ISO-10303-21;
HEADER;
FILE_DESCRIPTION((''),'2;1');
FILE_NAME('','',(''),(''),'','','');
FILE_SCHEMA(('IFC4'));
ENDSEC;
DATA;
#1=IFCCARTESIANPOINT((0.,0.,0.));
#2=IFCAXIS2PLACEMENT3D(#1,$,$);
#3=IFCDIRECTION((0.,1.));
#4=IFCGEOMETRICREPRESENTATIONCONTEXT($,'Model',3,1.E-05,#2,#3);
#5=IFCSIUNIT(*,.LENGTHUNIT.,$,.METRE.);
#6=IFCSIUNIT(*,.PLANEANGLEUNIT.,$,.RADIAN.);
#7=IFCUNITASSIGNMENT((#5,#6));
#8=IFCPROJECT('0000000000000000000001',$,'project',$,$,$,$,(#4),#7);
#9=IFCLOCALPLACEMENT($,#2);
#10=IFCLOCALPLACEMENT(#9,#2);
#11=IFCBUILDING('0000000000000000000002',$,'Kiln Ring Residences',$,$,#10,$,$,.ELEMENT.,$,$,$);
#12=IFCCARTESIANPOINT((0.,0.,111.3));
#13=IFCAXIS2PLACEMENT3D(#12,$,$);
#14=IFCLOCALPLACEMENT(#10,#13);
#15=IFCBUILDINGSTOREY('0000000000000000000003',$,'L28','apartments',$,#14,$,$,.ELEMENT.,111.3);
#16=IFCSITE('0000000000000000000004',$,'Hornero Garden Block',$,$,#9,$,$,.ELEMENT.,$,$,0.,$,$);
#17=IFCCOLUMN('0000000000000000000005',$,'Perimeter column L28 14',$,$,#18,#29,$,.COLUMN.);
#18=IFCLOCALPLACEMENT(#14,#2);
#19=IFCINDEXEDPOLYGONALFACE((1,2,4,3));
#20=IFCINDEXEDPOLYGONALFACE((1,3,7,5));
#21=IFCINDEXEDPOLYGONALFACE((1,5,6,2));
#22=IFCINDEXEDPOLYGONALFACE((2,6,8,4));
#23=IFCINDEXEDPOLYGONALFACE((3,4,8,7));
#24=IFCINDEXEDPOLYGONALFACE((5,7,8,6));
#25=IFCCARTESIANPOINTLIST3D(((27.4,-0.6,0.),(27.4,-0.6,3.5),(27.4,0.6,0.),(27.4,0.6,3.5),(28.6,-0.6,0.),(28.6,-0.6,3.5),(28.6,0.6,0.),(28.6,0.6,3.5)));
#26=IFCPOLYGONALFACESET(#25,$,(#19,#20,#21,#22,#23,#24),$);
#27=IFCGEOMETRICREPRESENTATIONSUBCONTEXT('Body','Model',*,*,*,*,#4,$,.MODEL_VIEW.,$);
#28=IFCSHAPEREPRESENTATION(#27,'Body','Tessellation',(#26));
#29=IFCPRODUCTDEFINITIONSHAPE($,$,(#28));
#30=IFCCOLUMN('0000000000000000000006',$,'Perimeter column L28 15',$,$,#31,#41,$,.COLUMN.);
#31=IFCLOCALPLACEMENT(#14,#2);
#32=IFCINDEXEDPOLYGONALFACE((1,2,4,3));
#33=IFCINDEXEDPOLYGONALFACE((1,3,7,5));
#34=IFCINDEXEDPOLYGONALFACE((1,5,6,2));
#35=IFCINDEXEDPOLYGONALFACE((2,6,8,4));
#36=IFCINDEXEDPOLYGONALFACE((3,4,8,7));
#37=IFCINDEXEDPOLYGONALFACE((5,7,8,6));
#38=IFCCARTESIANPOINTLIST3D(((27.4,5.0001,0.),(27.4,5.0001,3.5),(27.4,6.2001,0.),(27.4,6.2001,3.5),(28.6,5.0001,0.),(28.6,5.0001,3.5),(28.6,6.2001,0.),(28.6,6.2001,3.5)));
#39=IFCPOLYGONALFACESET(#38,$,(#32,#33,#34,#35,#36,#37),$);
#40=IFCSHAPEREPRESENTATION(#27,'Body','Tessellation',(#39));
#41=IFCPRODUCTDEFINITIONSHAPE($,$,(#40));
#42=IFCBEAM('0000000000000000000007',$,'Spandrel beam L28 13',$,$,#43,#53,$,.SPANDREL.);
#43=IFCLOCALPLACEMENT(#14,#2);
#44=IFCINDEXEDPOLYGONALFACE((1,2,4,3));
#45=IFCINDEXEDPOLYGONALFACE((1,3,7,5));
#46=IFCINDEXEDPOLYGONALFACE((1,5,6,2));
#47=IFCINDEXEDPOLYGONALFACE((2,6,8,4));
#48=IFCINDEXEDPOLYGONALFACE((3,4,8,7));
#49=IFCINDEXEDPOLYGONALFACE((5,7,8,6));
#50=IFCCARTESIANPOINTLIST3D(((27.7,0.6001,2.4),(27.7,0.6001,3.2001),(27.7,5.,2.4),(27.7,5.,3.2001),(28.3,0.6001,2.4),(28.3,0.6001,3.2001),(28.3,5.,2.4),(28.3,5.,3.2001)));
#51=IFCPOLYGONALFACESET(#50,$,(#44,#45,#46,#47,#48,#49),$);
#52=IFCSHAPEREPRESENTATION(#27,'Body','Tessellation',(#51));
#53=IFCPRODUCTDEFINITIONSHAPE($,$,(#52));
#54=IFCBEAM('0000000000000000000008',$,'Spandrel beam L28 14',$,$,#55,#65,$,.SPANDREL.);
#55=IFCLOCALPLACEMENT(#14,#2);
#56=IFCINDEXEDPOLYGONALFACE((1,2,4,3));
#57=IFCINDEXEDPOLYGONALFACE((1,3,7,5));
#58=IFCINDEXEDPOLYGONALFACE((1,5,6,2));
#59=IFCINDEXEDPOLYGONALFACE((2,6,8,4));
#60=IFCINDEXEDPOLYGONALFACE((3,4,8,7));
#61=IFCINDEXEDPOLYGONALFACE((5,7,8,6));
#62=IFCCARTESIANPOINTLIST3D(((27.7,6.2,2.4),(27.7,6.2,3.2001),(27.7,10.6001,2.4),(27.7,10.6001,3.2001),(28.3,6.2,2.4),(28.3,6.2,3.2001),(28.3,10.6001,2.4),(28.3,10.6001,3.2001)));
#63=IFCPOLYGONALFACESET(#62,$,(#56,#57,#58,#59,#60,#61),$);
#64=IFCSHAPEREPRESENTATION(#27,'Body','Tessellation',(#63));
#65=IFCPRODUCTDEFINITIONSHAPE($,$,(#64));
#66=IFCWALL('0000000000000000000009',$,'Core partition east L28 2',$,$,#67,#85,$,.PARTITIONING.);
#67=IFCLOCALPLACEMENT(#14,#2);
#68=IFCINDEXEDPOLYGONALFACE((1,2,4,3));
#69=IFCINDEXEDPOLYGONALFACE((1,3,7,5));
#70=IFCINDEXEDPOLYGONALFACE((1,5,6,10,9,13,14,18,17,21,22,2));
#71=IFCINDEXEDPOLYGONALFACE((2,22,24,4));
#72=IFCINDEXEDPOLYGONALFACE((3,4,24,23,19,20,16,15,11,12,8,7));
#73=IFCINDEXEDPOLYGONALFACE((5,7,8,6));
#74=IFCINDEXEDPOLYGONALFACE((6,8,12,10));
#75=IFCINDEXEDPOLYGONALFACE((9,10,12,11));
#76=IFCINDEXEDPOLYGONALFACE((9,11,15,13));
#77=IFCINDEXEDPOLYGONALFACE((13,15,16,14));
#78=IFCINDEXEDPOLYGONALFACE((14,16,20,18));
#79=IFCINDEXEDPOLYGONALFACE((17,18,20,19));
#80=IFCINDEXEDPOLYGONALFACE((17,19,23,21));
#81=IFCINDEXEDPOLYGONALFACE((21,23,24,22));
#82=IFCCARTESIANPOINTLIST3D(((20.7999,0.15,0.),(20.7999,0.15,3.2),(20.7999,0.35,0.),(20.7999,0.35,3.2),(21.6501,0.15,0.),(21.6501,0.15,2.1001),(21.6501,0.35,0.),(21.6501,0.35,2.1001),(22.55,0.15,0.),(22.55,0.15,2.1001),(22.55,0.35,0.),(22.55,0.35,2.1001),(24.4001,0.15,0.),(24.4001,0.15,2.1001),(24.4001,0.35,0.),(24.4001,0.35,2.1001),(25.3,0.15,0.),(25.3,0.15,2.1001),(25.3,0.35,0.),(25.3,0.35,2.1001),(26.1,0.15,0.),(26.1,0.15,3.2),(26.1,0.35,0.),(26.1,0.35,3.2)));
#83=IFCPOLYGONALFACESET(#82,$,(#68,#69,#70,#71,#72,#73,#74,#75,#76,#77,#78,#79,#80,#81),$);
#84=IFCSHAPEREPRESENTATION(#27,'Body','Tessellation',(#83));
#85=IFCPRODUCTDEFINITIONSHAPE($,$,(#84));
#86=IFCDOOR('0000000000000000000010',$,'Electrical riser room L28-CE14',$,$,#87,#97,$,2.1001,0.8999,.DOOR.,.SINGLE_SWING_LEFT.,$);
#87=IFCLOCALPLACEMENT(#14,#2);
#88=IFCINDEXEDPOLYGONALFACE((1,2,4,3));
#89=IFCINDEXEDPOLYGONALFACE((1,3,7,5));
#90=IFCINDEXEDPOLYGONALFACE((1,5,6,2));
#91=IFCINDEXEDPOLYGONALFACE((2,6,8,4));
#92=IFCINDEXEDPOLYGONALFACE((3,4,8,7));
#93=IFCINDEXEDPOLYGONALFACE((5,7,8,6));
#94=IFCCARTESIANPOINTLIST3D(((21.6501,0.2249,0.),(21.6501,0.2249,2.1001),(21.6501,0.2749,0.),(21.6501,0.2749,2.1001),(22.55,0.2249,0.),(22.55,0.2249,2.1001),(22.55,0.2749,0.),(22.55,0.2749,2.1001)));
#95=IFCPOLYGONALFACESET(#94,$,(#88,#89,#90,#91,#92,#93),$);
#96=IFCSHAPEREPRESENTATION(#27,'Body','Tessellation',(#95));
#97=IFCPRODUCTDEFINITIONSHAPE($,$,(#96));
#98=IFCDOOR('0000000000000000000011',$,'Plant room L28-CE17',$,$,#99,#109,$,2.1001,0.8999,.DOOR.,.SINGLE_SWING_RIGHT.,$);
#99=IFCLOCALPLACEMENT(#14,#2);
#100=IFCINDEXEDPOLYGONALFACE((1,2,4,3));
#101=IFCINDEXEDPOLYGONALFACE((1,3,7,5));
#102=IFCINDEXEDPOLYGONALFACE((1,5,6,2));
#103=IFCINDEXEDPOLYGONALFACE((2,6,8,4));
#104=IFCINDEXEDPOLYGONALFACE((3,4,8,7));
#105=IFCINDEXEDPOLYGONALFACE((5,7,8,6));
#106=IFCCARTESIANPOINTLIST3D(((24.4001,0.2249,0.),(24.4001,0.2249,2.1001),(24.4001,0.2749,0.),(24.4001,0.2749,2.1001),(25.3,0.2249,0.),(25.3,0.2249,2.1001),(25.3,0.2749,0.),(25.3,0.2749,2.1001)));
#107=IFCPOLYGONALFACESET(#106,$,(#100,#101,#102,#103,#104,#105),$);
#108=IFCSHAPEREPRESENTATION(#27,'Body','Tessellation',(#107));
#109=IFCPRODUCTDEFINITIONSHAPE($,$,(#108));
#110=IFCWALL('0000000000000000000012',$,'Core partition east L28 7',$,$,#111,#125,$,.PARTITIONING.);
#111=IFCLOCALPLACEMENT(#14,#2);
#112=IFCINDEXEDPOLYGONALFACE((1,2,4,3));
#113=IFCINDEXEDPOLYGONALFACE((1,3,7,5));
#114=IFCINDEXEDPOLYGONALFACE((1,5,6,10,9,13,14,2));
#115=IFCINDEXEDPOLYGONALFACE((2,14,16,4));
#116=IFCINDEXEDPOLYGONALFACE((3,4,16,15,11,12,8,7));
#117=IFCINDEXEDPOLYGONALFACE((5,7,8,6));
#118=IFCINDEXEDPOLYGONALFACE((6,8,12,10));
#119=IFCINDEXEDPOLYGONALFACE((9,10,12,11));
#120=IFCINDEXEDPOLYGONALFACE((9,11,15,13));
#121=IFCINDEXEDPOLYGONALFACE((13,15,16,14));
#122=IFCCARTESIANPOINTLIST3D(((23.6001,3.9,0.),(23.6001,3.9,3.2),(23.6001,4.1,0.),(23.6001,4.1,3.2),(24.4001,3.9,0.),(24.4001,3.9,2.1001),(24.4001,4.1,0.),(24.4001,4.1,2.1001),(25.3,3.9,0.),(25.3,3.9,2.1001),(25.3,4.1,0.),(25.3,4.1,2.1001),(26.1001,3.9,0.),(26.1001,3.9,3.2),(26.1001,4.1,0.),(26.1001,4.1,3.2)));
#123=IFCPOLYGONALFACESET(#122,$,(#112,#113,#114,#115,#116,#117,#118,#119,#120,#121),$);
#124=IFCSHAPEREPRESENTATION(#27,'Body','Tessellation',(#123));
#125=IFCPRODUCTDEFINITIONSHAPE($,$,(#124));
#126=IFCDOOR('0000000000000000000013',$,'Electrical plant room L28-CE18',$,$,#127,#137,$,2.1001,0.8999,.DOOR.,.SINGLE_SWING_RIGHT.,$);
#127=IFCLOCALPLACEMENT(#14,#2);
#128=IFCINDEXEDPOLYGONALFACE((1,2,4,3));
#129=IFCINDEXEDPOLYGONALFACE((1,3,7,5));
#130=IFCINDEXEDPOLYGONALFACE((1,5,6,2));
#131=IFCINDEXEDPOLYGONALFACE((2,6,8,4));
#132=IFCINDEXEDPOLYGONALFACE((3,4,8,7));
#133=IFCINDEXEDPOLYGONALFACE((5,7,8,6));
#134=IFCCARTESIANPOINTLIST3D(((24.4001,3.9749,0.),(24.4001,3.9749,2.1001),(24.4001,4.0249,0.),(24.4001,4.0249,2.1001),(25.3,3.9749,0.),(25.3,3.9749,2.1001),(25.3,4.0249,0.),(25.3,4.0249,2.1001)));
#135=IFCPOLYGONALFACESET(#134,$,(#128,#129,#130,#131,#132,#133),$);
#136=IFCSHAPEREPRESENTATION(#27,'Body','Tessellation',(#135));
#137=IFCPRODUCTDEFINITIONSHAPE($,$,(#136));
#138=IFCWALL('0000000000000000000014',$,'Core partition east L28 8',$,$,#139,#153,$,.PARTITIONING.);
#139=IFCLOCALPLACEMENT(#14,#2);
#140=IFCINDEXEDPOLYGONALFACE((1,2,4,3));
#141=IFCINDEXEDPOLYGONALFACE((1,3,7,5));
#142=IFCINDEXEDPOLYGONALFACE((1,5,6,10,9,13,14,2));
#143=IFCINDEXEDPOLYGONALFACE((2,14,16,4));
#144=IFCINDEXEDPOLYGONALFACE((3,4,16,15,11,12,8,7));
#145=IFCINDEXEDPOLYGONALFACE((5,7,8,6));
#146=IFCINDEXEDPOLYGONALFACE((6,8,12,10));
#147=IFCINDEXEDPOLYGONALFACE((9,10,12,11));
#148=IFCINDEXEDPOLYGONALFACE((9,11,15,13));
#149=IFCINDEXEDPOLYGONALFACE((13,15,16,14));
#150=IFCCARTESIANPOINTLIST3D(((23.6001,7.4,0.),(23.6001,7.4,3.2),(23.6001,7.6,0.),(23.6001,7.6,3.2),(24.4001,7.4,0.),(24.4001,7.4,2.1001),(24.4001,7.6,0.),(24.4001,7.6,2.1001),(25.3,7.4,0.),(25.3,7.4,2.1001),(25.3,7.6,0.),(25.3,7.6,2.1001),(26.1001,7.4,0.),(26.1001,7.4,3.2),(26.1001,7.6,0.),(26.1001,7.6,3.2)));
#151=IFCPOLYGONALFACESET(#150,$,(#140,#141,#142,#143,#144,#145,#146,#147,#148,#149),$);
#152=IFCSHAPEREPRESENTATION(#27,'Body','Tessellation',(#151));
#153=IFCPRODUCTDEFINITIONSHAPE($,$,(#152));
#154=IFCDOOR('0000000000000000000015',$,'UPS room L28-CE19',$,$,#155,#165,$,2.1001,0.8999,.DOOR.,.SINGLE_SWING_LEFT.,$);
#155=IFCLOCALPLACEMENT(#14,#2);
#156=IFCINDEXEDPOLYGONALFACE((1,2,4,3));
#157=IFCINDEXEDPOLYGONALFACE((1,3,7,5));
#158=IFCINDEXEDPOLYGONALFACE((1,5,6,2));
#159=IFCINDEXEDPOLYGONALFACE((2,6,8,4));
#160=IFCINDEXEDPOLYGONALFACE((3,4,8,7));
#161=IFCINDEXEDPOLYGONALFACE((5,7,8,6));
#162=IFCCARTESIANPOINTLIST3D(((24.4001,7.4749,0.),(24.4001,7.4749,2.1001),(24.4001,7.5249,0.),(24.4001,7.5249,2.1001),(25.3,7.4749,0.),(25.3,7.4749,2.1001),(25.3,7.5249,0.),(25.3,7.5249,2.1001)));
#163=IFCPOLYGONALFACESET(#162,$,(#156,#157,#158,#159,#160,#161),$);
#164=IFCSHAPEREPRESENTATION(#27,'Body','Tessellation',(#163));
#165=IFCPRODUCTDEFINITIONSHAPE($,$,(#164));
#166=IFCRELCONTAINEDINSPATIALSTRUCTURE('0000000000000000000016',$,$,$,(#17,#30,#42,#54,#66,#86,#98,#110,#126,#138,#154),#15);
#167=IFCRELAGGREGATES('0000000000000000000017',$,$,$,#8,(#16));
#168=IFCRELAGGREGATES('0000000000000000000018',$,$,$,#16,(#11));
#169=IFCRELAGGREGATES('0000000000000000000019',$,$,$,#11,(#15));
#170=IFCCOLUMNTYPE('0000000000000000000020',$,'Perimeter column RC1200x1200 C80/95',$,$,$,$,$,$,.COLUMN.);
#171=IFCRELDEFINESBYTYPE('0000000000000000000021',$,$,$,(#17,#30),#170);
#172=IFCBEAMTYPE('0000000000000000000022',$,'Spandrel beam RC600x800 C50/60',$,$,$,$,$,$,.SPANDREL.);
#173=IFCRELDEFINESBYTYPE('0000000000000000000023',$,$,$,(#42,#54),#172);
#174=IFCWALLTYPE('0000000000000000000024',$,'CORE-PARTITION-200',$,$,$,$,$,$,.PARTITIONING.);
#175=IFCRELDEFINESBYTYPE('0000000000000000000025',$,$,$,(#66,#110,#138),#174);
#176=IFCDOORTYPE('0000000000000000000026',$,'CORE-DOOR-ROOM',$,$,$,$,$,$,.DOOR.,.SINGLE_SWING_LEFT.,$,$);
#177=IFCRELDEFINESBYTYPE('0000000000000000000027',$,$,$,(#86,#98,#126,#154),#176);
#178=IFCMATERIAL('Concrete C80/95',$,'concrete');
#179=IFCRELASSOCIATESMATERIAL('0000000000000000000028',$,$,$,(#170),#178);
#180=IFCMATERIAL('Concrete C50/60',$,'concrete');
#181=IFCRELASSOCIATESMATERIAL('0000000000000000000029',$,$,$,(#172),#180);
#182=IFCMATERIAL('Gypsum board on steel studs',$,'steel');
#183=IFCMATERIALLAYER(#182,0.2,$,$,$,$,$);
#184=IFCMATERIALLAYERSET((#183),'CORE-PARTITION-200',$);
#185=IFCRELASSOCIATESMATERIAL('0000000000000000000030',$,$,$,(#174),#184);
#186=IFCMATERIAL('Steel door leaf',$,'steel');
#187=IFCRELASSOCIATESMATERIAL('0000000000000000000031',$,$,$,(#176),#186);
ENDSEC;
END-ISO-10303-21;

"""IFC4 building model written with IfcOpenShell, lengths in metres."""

from ifc_helpers import new_model, si_unit, direction, frame, frame_2d, origin, origin_2d, place, context, subcontext, project, spatial, rectangle, extrude, material, layer, layer_set, material_profile, profile_set, type_object, element, fill, save


model = new_model("IFC4")

# Units and contexts
model_context = context("Model", 3, precision=1e-05, world=origin(), true_north=direction((0.0, 1.0)))
body_context = subcontext(model_context, "Body", "Model", "MODEL_VIEW")
ifc_project = project(units=[si_unit("LENGTHUNIT", "METRE"), si_unit("PLANEANGLEUNIT", "RADIAN")], contexts=[model_context])

# Site, building, storey
site_placement = place(None, origin())
site = spatial("IfcSite", under=ifc_project, at=site_placement, Name="Hornero Garden Block", CompositionType="ELEMENT", RefElevation=0.0)
building_placement = place(site_placement, origin())
building = spatial("IfcBuilding", under=site, at=building_placement, Name="Kiln Ring Residences", CompositionType="ELEMENT")
storey_placement = place(building_placement, frame((0.0, 0.0, 111.3)))
storey = spatial("IfcBuildingStorey", under=building, at=storey_placement, Name="L28", Description="apartments", CompositionType="ELEMENT", Elevation=111.3)

# Columns
ifc_material_1 = material(Name="Concrete C80/95", Category="concrete")
ifc_material_profile_1 = material_profile(ifc_material_1, rectangle(XDim=1.2, YDim=1.2, at=origin_2d()), Name="RC1200x1200")
ifc_profile_set_1 = profile_set([ifc_material_profile_1], Name="Concrete C80/95")
column_type = type_object("IfcColumnType", Name="Perimeter column RC1200x1200 C80/95", PredefinedType="COLUMN", material=ifc_profile_set_1)
for number, where, z_axis, x_axis, name in (
    (1, (28.0, 0.0, 0.0), (0.0, 0.0, 1.0), (1.0, 0.0, 0.0), "Perimeter column L28 14"),
    (2, (28.0, 5.6001, 0.0), (0.0, 0.0, 1.0), (1.0, 0.0, 0.0), "Perimeter column L28 15"),
):
    element("IfcColumn", number, at=place(storey_placement, frame(where, z_axis=z_axis, x_axis=x_axis)), inside=storey, type_object=column_type, Name=name, PredefinedType="COLUMN", context=body_context, shape_type="SweptSolid", body=[
        extrude(rectangle(XDim=1.2, YDim=1.2, at=origin_2d()), origin(), (0.0, 0.0, 1.0), 3.5),
    ])

# Beams
ifc_material_2 = material(Name="Concrete C50/60", Category="concrete")
ifc_material_profile_2 = material_profile(ifc_material_2, rectangle(XDim=0.6001, YDim=0.8, at=origin_2d()), Name="RC600x800")
ifc_profile_set_2 = profile_set([ifc_material_profile_2], Name="Concrete C50/60")
beam_type = type_object("IfcBeamType", Name="Spandrel beam RC600x800 C50/60", PredefinedType="SPANDREL", material=ifc_profile_set_2)
beam_1_placement = place(storey_placement, frame((28.0, 0.6001, 2.8), z_axis=(0.0, 1.0, 0.0), x_axis=(-1.0, 0.0, 0.0)))
element("IfcBeam", 3, at=beam_1_placement, inside=storey, type_object=beam_type, Name="Spandrel beam L28 13", PredefinedType="SPANDREL", context=body_context, shape_type="SweptSolid", body=[
    extrude(rectangle(XDim=0.6001, YDim=0.8, at=origin_2d()), origin(), (0.0, 0.0, 1.0), 4.3999),
])
beam_2_placement = place(storey_placement, frame((28.0, 6.2, 2.8), z_axis=(0.0, 1.0, 0.0), x_axis=(-1.0, 0.0, 0.0)))
element("IfcBeam", 4, at=beam_2_placement, inside=storey, type_object=beam_type, Name="Spandrel beam L28 14", PredefinedType="SPANDREL", context=body_context, shape_type="SweptSolid", body=[
    extrude(rectangle(XDim=0.6001, YDim=0.8, at=origin_2d()), origin(), (0.0, 0.0, 1.0), 4.4001),
])

# Wall, openings, doors
ifc_material_3 = material(Name="Gypsum board on steel studs", Category="steel")
ifc_layer_1 = layer(ifc_material_3, 0.2)
ifc_layer_set_1 = layer_set([ifc_layer_1], Name="CORE-PARTITION-200")
wall_type_1 = type_object("IfcWallType", Name="CORE-PARTITION-200", PredefinedType="PARTITIONING", material=ifc_layer_set_1)
wall_1_placement = place(storey_placement, frame((20.8, 0.25, 0.0), z_axis=(0.0, 0.0, 1.0), x_axis=(1.0, 0.0, 0.0)))
wall_1 = element("IfcWall", 5, at=wall_1_placement, inside=storey, type_object=wall_type_1, Name="Core partition east L28 2", PredefinedType="PARTITIONING", context=body_context, shape_type="SweptSolid", body=[
    extrude(rectangle(XDim=5.3, YDim=0.2, at=frame_2d((2.6499, 0.0))), origin(), (0.0, 0.0, 1.0), 3.2),
])
opening_1_placement = place(wall_1_placement, frame((0.8501, 0.0, 0.0)))
opening_1 = element("IfcOpeningElement", 6, at=opening_1_placement, cuts=wall_1, PredefinedType="OPENING", context=body_context, shape_type="SweptSolid", body=[
    extrude(rectangle(XDim=0.8999, YDim=2.1001, at=frame_2d((0.45, 1.05))), frame((0.0, 0.1099, 0.0), z_axis=(0.0, -1.0, 0.0), x_axis=(1.0, 0.0, 0.0)), (0.0, 0.0, 1.0), 0.22),
])
opening_2_placement = place(wall_1_placement, frame((3.6001, 0.0, 0.0)))
opening_2 = element("IfcOpeningElement", 7, at=opening_2_placement, cuts=wall_1, PredefinedType="OPENING", context=body_context, shape_type="SweptSolid", body=[
    extrude(rectangle(XDim=0.8999, YDim=2.1001, at=frame_2d((0.45, 1.05))), frame((0.0, 0.1099, 0.0), z_axis=(0.0, -1.0, 0.0), x_axis=(1.0, 0.0, 0.0)), (0.0, 0.0, 1.0), 0.22),
])
ifc_material_4 = material(Name="Steel door leaf", Category="steel")
door_type = type_object("IfcDoorType", Name="CORE-DOOR-ROOM", OperationType="SINGLE_SWING_LEFT", PredefinedType="DOOR", material=ifc_material_4)
door_1_placement = place(opening_1_placement, origin())
door_1 = element("IfcDoor", 8, at=door_1_placement, inside=storey, type_object=door_type, Name="Electrical riser room L28-CE14", OperationType="SINGLE_SWING_LEFT", OverallHeight=2.1001, OverallWidth=0.8999, PredefinedType="DOOR", context=body_context, shape_type="SweptSolid", body=[
    extrude(rectangle(XDim=0.8999, YDim=2.1001, at=frame_2d((0.45, 1.05))), frame((0.0, 0.0249, 0.0), z_axis=(0.0, -1.0, 0.0), x_axis=(1.0, 0.0, 0.0)), (0.0, 0.0, 1.0), 0.05),
])
fill(opening_1, door_1)
door_2_placement = place(opening_2_placement, origin())
door_2 = element("IfcDoor", 9, at=door_2_placement, inside=storey, type_object=door_type, Name="Plant room L28-CE17", OperationType="SINGLE_SWING_RIGHT", OverallHeight=2.1001, OverallWidth=0.8999, PredefinedType="DOOR", context=body_context, shape_type="SweptSolid", body=[
    extrude(rectangle(XDim=0.8999, YDim=2.1001, at=frame_2d((0.45, 1.05))), frame((0.0, 0.0249, 0.0), z_axis=(0.0, -1.0, 0.0), x_axis=(1.0, 0.0, 0.0)), (0.0, 0.0, 1.0), 0.05),
])
fill(opening_2, door_2)

# Walls, openings, doors
wall_2_placement = place(storey_placement, frame((23.6001, 4.0, 0.0), z_axis=(0.0, 0.0, 1.0), x_axis=(1.0, 0.0, 0.0)))
wall_2 = element("IfcWall", 10, at=wall_2_placement, inside=storey, type_object=wall_type_1, Name="Core partition east L28 7", PredefinedType="PARTITIONING", context=body_context, shape_type="SweptSolid", body=[
    extrude(rectangle(XDim=2.5, YDim=0.2, at=frame_2d((1.25, 0.0))), origin(), (0.0, 0.0, 1.0), 3.2),
])
opening_3_placement = place(wall_2_placement, frame((0.8, 0.0, 0.0)))
opening_3 = element("IfcOpeningElement", 11, at=opening_3_placement, cuts=wall_2, PredefinedType="OPENING", context=body_context, shape_type="SweptSolid", body=[
    extrude(rectangle(XDim=0.8999, YDim=2.1001, at=frame_2d((0.45, 1.05))), frame((0.0, 0.1099, 0.0), z_axis=(0.0, -1.0, 0.0), x_axis=(1.0, 0.0, 0.0)), (0.0, 0.0, 1.0), 0.22),
])
door_3_placement = place(opening_3_placement, origin())
door_3 = element("IfcDoor", 12, at=door_3_placement, inside=storey, type_object=door_type, Name="Electrical plant room L28-CE18", OperationType="SINGLE_SWING_RIGHT", OverallHeight=2.1001, OverallWidth=0.8999, PredefinedType="DOOR", context=body_context, shape_type="SweptSolid", body=[
    extrude(rectangle(XDim=0.8999, YDim=2.1001, at=frame_2d((0.45, 1.05))), frame((0.0, 0.0249, 0.0), z_axis=(0.0, -1.0, 0.0), x_axis=(1.0, 0.0, 0.0)), (0.0, 0.0, 1.0), 0.05),
])
fill(opening_3, door_3)
wall_3_placement = place(storey_placement, frame((23.6001, 7.5, 0.0), z_axis=(0.0, 0.0, 1.0), x_axis=(1.0, 0.0, 0.0)))
wall_3 = element("IfcWall", 13, at=wall_3_placement, inside=storey, type_object=wall_type_1, Name="Core partition east L28 8", PredefinedType="PARTITIONING", context=body_context, shape_type="SweptSolid", body=[
    extrude(rectangle(XDim=2.5, YDim=0.2, at=frame_2d((1.25, 0.0))), origin(), (0.0, 0.0, 1.0), 3.2),
])
opening_4_placement = place(wall_3_placement, frame((0.8, 0.0, 0.0)))
opening_4 = element("IfcOpeningElement", 14, at=opening_4_placement, cuts=wall_3, PredefinedType="OPENING", context=body_context, shape_type="SweptSolid", body=[
    extrude(rectangle(XDim=0.8999, YDim=2.1001, at=frame_2d((0.45, 1.05))), frame((0.0, 0.1099, 0.0), z_axis=(0.0, -1.0, 0.0), x_axis=(1.0, 0.0, 0.0)), (0.0, 0.0, 1.0), 0.22),
])
door_4_placement = place(opening_4_placement, origin())
door_4 = element("IfcDoor", 15, at=door_4_placement, inside=storey, type_object=door_type, Name="UPS room L28-CE19", OperationType="SINGLE_SWING_LEFT", OverallHeight=2.1001, OverallWidth=0.8999, PredefinedType="DOOR", context=body_context, shape_type="SweptSolid", body=[
    extrude(rectangle(XDim=0.8999, YDim=2.1001, at=frame_2d((0.45, 1.05))), frame((0.0, 0.0249, 0.0), z_axis=(0.0, -1.0, 0.0), x_axis=(1.0, 0.0, 0.0)), (0.0, 0.0, 1.0), 0.05),
])
fill(opening_4, door_4)

save(model, "model.ifc")
